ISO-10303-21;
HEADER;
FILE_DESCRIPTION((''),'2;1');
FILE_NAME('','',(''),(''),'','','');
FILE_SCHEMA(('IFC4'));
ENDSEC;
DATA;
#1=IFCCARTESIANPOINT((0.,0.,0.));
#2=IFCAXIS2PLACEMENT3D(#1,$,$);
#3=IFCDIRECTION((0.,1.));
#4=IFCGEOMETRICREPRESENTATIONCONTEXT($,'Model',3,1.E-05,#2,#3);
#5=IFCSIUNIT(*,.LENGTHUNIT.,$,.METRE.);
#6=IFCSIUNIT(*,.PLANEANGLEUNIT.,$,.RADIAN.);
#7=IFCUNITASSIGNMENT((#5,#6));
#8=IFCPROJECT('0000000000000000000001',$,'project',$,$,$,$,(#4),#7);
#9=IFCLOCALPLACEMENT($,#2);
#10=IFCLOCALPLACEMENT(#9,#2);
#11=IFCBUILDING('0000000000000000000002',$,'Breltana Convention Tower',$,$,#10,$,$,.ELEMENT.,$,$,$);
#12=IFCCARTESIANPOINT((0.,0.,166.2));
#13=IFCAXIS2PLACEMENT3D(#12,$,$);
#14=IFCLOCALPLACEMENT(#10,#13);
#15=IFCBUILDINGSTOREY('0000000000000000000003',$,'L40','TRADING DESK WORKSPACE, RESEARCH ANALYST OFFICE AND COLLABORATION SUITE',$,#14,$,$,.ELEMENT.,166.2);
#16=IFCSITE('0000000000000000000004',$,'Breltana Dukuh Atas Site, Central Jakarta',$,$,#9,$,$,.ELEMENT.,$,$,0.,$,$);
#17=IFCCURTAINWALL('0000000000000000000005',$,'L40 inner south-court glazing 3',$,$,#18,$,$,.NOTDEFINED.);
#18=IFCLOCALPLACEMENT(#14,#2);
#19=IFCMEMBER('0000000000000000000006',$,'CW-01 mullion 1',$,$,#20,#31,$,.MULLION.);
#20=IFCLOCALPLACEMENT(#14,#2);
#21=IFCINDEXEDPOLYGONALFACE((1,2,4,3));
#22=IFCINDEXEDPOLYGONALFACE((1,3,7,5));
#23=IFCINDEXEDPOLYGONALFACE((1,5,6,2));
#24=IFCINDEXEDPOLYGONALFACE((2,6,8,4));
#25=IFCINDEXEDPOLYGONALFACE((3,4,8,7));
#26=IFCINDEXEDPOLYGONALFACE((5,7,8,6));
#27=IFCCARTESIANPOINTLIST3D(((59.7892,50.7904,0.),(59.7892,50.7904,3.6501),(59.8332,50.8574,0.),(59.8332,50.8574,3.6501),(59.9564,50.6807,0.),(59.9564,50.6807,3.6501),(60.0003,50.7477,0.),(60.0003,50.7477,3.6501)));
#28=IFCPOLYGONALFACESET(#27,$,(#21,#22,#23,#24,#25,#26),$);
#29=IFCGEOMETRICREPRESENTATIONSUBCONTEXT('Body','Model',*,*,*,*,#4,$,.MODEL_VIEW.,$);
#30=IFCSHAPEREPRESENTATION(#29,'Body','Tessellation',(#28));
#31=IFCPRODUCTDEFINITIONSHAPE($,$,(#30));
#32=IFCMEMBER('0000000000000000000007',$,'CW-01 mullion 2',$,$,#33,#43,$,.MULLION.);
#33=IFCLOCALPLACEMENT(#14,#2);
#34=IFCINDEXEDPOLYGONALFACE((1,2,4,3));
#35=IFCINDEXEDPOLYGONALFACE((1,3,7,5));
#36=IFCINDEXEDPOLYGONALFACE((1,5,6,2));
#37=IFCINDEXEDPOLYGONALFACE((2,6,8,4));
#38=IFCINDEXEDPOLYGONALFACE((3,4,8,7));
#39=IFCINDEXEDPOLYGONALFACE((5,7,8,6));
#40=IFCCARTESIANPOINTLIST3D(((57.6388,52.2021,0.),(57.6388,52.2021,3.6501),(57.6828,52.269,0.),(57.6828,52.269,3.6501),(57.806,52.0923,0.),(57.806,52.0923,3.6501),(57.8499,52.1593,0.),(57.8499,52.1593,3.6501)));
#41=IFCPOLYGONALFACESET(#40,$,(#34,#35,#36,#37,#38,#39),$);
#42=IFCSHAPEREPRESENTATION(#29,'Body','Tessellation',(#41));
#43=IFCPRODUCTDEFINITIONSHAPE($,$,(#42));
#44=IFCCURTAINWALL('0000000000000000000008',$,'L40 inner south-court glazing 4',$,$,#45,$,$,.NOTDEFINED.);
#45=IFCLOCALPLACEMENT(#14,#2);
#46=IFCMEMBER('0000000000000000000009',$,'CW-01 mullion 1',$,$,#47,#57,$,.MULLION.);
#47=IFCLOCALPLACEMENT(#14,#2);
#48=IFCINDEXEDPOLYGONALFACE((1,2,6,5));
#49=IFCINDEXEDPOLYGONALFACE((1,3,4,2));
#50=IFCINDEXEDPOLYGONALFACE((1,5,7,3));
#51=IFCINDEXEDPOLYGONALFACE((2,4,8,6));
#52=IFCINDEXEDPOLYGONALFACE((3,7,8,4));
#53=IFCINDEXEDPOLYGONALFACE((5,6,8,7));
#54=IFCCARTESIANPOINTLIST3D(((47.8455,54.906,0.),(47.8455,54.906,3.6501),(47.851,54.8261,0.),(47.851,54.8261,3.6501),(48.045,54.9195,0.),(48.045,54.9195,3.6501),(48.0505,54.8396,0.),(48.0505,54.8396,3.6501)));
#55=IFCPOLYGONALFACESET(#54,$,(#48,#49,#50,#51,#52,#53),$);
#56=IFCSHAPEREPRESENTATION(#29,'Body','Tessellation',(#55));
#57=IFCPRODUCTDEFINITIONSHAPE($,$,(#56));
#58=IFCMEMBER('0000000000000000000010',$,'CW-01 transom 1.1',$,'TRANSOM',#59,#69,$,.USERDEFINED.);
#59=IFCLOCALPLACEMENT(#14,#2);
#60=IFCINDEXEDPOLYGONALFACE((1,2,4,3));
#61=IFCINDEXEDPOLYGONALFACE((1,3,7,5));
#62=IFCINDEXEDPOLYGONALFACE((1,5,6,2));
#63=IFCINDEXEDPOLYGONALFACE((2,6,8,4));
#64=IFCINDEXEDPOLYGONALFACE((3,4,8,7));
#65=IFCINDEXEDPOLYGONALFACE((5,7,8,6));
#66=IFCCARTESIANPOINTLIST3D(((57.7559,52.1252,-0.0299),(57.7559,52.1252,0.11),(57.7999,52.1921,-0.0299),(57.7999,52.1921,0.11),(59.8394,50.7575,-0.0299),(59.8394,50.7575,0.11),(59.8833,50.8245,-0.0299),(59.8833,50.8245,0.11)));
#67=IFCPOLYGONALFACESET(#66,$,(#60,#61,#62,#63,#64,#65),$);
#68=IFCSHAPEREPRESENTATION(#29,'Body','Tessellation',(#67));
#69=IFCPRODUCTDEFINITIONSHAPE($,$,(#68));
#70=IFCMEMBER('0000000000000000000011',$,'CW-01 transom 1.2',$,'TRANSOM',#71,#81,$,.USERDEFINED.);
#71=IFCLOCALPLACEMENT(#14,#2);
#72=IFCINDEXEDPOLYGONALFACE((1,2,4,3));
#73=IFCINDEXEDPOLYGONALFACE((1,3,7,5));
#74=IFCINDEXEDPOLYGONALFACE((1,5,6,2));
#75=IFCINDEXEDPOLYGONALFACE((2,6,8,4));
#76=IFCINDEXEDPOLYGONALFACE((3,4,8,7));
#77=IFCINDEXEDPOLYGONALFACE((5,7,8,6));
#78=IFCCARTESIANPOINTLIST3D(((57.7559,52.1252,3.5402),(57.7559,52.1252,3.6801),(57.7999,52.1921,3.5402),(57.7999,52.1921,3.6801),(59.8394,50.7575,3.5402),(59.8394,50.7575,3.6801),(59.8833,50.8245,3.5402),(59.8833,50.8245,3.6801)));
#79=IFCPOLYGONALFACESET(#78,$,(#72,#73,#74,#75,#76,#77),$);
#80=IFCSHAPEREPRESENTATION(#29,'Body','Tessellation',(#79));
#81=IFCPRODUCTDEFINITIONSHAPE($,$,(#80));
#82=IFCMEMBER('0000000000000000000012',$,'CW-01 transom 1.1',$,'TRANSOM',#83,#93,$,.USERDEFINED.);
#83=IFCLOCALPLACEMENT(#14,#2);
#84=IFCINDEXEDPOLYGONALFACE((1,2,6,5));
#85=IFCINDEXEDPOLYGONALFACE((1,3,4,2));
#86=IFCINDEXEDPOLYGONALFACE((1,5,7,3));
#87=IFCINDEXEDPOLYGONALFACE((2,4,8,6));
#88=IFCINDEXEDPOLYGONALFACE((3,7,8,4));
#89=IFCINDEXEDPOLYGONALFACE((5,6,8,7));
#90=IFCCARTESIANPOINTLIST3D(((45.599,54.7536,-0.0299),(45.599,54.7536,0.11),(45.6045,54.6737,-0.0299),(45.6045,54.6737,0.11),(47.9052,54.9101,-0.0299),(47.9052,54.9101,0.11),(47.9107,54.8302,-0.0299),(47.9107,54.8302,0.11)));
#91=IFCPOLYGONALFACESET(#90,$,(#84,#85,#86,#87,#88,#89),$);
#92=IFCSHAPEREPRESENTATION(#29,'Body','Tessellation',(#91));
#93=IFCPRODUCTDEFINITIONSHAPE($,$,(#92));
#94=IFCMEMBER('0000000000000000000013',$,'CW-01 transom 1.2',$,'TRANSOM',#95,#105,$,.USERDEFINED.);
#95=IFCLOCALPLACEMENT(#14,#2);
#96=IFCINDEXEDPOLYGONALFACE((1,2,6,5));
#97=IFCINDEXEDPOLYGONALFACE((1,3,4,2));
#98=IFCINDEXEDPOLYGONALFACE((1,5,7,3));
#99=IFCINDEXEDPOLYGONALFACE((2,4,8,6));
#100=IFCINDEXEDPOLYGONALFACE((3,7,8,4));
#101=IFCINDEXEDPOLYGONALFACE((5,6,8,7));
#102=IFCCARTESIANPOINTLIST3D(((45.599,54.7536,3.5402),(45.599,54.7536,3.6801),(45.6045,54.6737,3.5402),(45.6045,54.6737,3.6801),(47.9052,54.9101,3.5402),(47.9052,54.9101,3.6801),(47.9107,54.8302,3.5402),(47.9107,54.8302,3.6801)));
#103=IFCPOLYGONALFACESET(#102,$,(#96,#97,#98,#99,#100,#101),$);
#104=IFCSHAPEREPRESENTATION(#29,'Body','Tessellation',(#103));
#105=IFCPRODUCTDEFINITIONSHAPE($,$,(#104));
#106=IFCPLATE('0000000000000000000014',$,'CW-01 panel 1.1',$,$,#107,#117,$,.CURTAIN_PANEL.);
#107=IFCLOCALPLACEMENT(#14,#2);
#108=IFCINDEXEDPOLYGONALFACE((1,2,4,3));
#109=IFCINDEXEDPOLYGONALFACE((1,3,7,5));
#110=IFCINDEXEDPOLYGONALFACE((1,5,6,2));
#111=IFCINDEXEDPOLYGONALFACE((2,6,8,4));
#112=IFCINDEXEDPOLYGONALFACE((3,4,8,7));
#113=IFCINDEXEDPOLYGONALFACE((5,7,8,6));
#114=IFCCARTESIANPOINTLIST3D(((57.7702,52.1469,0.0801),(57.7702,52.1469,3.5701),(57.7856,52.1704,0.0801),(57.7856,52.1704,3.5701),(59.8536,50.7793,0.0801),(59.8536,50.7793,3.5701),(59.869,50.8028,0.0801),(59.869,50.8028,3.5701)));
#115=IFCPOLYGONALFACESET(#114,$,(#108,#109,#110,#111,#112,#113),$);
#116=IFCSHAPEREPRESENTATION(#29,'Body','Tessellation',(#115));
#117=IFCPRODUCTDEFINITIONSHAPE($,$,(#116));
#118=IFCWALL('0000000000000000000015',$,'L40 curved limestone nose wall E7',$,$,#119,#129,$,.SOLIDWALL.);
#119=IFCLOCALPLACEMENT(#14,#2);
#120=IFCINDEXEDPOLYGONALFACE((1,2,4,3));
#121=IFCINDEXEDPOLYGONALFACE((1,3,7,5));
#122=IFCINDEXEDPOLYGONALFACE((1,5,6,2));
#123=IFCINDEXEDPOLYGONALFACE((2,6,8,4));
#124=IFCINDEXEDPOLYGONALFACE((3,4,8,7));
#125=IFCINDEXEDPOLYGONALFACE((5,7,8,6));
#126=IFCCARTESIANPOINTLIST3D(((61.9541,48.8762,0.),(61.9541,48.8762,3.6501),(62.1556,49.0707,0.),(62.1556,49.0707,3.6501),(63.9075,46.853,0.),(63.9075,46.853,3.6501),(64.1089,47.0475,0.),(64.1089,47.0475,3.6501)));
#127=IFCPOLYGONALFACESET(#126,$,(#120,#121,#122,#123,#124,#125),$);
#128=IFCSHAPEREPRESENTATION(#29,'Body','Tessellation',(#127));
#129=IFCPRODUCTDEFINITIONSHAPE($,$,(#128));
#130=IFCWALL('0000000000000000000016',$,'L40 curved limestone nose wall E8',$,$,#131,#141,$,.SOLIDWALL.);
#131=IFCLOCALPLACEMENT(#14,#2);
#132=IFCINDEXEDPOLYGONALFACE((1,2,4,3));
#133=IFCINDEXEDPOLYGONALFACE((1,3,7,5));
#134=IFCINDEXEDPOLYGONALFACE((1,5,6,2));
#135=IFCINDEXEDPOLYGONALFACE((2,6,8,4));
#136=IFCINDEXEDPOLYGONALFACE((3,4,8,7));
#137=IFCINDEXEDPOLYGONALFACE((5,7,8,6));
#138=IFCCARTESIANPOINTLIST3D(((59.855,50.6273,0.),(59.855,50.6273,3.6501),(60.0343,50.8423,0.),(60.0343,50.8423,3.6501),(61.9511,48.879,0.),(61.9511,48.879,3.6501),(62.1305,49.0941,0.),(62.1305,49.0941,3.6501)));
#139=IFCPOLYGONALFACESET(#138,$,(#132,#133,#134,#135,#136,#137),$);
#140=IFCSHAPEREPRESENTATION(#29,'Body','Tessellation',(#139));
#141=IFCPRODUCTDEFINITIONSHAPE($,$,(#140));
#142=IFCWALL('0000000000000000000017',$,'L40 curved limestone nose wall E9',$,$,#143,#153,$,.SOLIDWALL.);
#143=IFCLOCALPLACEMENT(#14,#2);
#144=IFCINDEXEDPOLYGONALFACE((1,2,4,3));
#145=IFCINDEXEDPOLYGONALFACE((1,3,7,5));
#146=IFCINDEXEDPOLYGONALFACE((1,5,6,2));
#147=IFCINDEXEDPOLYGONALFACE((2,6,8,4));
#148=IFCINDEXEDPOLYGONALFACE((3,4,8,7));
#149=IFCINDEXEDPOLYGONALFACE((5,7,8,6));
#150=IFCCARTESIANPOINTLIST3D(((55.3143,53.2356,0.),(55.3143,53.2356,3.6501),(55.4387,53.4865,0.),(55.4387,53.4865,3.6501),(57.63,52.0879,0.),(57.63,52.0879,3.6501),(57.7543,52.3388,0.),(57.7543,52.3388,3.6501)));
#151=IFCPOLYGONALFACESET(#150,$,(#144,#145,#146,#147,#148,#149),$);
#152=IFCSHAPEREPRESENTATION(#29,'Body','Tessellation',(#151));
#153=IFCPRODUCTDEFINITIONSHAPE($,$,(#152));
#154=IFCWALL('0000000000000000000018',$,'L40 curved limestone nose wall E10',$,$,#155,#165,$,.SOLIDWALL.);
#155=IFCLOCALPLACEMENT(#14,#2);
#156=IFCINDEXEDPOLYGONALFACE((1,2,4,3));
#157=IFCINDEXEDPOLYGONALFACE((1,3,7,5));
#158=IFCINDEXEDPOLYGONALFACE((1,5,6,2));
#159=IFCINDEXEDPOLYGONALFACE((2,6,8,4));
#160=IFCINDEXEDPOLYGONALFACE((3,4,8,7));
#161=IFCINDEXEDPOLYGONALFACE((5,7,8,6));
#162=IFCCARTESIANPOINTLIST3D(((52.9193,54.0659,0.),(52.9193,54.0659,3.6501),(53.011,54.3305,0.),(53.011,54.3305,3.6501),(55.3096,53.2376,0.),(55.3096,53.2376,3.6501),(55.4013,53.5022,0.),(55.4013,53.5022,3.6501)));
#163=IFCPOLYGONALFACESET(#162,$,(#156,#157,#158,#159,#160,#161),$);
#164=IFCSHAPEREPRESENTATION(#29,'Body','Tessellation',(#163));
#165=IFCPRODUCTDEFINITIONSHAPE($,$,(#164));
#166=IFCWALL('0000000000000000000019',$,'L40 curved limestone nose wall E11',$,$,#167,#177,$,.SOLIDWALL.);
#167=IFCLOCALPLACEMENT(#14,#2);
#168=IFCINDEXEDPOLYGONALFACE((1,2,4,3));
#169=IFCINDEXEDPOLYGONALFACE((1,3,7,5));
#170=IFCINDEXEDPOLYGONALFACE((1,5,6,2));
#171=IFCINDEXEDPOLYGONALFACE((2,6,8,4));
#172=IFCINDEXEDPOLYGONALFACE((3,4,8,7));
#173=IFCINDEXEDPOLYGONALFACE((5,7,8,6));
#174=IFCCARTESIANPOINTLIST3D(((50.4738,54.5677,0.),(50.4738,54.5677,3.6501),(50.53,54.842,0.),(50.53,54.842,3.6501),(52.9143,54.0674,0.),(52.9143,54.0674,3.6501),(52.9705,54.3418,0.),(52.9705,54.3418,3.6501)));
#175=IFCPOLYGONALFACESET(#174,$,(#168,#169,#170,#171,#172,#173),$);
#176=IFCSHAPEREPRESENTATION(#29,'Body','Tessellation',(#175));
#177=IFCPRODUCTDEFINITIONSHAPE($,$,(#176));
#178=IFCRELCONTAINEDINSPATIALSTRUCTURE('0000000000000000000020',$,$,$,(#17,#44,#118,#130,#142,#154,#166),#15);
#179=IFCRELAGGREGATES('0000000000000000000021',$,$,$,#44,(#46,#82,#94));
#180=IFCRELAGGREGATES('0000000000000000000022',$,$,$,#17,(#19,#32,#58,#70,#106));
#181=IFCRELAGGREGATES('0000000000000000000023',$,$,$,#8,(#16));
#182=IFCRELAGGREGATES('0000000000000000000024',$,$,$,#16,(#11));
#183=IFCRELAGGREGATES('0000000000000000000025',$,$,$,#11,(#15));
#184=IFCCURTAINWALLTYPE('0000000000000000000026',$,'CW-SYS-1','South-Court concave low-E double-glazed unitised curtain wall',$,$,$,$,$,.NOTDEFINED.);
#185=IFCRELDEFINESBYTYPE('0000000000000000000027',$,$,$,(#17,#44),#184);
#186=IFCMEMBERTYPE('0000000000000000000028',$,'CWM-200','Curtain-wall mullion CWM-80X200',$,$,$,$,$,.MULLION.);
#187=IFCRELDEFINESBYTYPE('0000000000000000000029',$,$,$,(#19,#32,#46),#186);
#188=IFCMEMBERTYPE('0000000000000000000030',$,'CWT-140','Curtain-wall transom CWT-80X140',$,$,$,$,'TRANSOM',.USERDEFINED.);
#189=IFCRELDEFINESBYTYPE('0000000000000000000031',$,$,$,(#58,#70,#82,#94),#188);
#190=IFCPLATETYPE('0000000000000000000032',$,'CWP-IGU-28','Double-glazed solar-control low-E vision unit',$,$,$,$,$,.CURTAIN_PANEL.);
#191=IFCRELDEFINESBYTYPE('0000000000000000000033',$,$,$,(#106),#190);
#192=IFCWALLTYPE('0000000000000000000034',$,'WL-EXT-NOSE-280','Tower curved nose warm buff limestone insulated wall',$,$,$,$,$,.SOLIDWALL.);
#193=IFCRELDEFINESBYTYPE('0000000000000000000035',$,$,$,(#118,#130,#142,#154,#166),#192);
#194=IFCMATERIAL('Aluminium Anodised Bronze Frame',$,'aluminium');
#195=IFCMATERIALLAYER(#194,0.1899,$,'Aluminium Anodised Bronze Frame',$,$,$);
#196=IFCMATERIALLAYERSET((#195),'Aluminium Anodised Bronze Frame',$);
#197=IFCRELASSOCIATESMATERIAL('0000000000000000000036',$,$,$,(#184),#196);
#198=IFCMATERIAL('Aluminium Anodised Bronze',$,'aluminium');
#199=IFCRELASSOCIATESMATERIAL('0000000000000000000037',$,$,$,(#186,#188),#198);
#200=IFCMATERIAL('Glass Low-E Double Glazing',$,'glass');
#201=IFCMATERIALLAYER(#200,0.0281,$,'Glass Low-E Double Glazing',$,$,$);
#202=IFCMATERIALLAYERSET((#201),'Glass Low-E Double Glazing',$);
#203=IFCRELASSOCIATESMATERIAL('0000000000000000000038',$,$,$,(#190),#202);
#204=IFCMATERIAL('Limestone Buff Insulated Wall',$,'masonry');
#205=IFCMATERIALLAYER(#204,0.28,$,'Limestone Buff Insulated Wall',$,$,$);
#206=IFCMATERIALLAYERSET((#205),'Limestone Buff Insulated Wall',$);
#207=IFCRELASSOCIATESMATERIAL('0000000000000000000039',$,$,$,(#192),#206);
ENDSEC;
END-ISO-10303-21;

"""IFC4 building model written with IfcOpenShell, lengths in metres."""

from ifc_helpers import new_model, si_unit, direction, frame, frame_2d, origin, origin_2d, place, context, subcontext, project, spatial, rectangle, extrude, source, transform, mapped, material, layer, layer_set, material_profile, profile_set, type_object, element, aggregate, save


model = new_model("IFC4")

# Units and contexts
model_context = context("Model", 3, precision=1e-05, world=origin(), true_north=direction((0.0, 1.0)))
body_context = subcontext(model_context, "Body", "Model", "MODEL_VIEW")
ifc_project = project(units=[si_unit("LENGTHUNIT", "METRE"), si_unit("PLANEANGLEUNIT", "RADIAN")], contexts=[model_context])

# Site, building, storey
site_placement = place(None, origin())
site = spatial("IfcSite", under=ifc_project, at=site_placement, Name="Breltana Dukuh Atas Site, Central Jakarta", CompositionType="ELEMENT", RefElevation=0.0)
building_placement = place(site_placement, origin())
building = spatial("IfcBuilding", under=site, at=building_placement, Name="Breltana Convention Tower", CompositionType="ELEMENT")
storey_placement = place(building_placement, frame((0.0, 0.0, 166.2)))
storey = spatial("IfcBuildingStorey", under=building, at=storey_placement, Name="L40", Description="TRADING DESK WORKSPACE, RESEARCH ANALYST OFFICE AND COLLABORATION SUITE", CompositionType="ELEMENT", Elevation=166.2)

# Shared definitions
ifc_material_1 = material(Name="Aluminium Anodised Bronze Frame", Category="aluminium")
ifc_layer_1 = layer(ifc_material_1, 0.1899, Name="Aluminium Anodised Bronze Frame")
ifc_layer_set_1 = layer_set([ifc_layer_1], Name="Aluminium Anodised Bronze Frame")
curtain_wall_type = type_object("IfcCurtainWallType", Name="CW-SYS-1", Description="South-Court concave low-E double-glazed unitised curtain wall", PredefinedType="NOTDEFINED", material=ifc_layer_set_1)
ifc_material_2 = material(Name="Aluminium Anodised Bronze", Category="aluminium")
ifc_material_profile_1 = material_profile(ifc_material_2, rectangle(XDim=0.0801, YDim=0.2, at=origin_2d()), Name="CWM-80X200")
ifc_profile_set_1 = profile_set([ifc_material_profile_1], Name="Aluminium Anodised Bronze")
member_type_1 = type_object("IfcMemberType", Name="CWM-200", Description="Curtain-wall mullion CWM-80X200", PredefinedType="MULLION", material=ifc_profile_set_1)
shared_shape_1 = source(origin(), body_context, "Body", "SweptSolid", [
    extrude(rectangle(XDim=0.0801, YDim=0.2, at=origin_2d()), origin(), (0.0, 0.0, 1.0), 3.6501),
])

# Curtain wall, members
curtain_wall_1_placement = place(storey_placement, origin())
curtain_wall_1 = element("IfcCurtainWall", 1, at=curtain_wall_1_placement, inside=storey, type_object=curtain_wall_type, Name="L40 inner south-court glazing 3", PredefinedType="NOTDEFINED")
member_1_placement = place(storey_placement, frame((59.8948, 50.769, 0.0), z_axis=(0.0, 0.0, 1.0), x_axis=(-0.548752, -0.835985, 0.0)))
member_1 = element("IfcMember", 2, at=member_1_placement, type_object=member_type_1, Name="CW-01 mullion 1", PredefinedType="MULLION", context=body_context, shape_type="MappedRepresentation", body=[
    mapped(shared_shape_1, transform((0.0, 0.0, 0.0), scale=1.0)),
])
member_2_placement = place(storey_placement, frame((57.7444, 52.1807, 0.0), z_axis=(0.0, 0.0, 1.0), x_axis=(-0.548752, -0.835985, 0.0)))
member_2 = element("IfcMember", 3, at=member_2_placement, type_object=member_type_1, Name="CW-01 mullion 2", PredefinedType="MULLION", context=body_context, shape_type="MappedRepresentation", body=[
    mapped(shared_shape_1, transform((0.0, 0.0, 0.0), scale=1.0)),
])

# Curtain wall, member
curtain_wall_2_placement = place(storey_placement, origin())
curtain_wall_2 = element("IfcCurtainWall", 4, at=curtain_wall_2_placement, inside=storey, type_object=curtain_wall_type, Name="L40 inner south-court glazing 4", PredefinedType="NOTDEFINED")
member_3_placement = place(storey_placement, frame((47.948, 54.8728, 0.0), z_axis=(0.0, 0.0, 1.0), x_axis=(0.067733, -0.997703, 0.0)))
member_3 = element("IfcMember", 5, at=member_3_placement, type_object=member_type_1, Name="CW-01 mullion 1", PredefinedType="MULLION", context=body_context, shape_type="MappedRepresentation", body=[
    mapped(shared_shape_1, transform((0.0, 0.0, 0.0), scale=1.0)),
])

# Members
ifc_material_profile_2 = material_profile(ifc_material_2, rectangle(XDim=0.0801, YDim=0.1399, at=origin_2d()), Name="CWT-80X140")
ifc_profile_set_2 = profile_set([ifc_material_profile_2], Name="Aluminium Anodised Bronze")
member_type_2 = type_object("IfcMemberType", Name="CWT-140", Description="Curtain-wall transom CWT-80X140", ElementType="TRANSOM", PredefinedType="USERDEFINED", material=ifc_profile_set_2)
shared_shape_2 = source(origin(), body_context, "Body", "SweptSolid", [
    extrude(rectangle(XDim=0.0801, YDim=0.1399, at=origin_2d()), origin(), (0.0, 0.0, 1.0), 2.4922),
])
member_4_placement = place(storey_placement, frame((59.8613, 50.791, 0.04), z_axis=(-0.835978, 0.548763, 0.0), x_axis=(-0.548763, -0.835978, 0.0)))
member_4 = element("IfcMember", 6, at=member_4_placement, type_object=member_type_2, Name="CW-01 transom 1.1", ObjectType="TRANSOM", PredefinedType="USERDEFINED", context=body_context, shape_type="MappedRepresentation", body=[
    mapped(shared_shape_2, transform((0.0, 0.0, 0.0), scale=1.0)),
])
member_5_placement = place(storey_placement, frame((59.8613, 50.791, 3.6101), z_axis=(-0.835978, 0.548763, 0.0), x_axis=(-0.548763, -0.835978, 0.0)))
member_5 = element("IfcMember", 7, at=member_5_placement, type_object=member_type_2, Name="CW-01 transom 1.2", ObjectType="TRANSOM", PredefinedType="USERDEFINED", context=body_context, shape_type="MappedRepresentation", body=[
    mapped(shared_shape_2, transform((0.0, 0.0, 0.0), scale=1.0)),
])
shared_shape_3 = source(origin(), body_context, "Body", "SweptSolid", [
    extrude(rectangle(XDim=0.0801, YDim=0.1399, at=origin_2d()), origin(), (0.0, 0.0, 1.0), 2.3115),
])
member_6_placement = place(storey_placement, frame((47.908, 54.8701, 0.04), z_axis=(-0.997705, -0.067704, 0.0), x_axis=(0.067704, -0.997705, 0.0)))
member_6 = element("IfcMember", 8, at=member_6_placement, type_object=member_type_2, Name="CW-01 transom 1.1", ObjectType="TRANSOM", PredefinedType="USERDEFINED", context=body_context, shape_type="MappedRepresentation", body=[
    mapped(shared_shape_3, transform((0.0, 0.0, 0.0), scale=1.0)),
])
member_7_placement = place(storey_placement, frame((47.908, 54.8701, 3.6101), z_axis=(-0.997705, -0.067704, 0.0), x_axis=(0.067704, -0.997705, 0.0)))
member_7 = element("IfcMember", 9, at=member_7_placement, type_object=member_type_2, Name="CW-01 transom 1.2", ObjectType="TRANSOM", PredefinedType="USERDEFINED", context=body_context, shape_type="MappedRepresentation", body=[
    mapped(shared_shape_3, transform((0.0, 0.0, 0.0), scale=1.0)),
])
aggregate(curtain_wall_2, [member_3, member_6, member_7])

# Plate
ifc_material_3 = material(Name="Glass Low-E Double Glazing", Category="glass")
ifc_layer_2 = layer(ifc_material_3, 0.0281, Name="Glass Low-E Double Glazing")
ifc_layer_set_2 = layer_set([ifc_layer_2], Name="Glass Low-E Double Glazing")
plate_type = type_object("IfcPlateType", Name="CWP-IGU-28", Description="Double-glazed solar-control low-E vision unit", PredefinedType="CURTAIN_PANEL", material=ifc_layer_set_2)
shared_shape_4 = source(origin(), body_context, "Body", "SweptSolid", [
    extrude(rectangle(XDim=2.4922, YDim=0.0281, at=origin_2d()), origin(), (0.0, 0.0, 1.0), 3.49),
])
plate_placement = place(storey_placement, frame((58.8196, 51.4749, 0.0801), z_axis=(0.0, 0.0, 1.0), x_axis=(-0.835985, 0.548752, 0.0)))
plate = element("IfcPlate", 10, at=plate_placement, type_object=plate_type, Name="CW-01 panel 1.1", PredefinedType="CURTAIN_PANEL", context=body_context, shape_type="MappedRepresentation", body=[
    mapped(shared_shape_4, transform((0.0, 0.0, 0.0), scale=1.0)),
])
aggregate(curtain_wall_1, [member_1, member_2, member_4, member_5, plate])

# Walls
ifc_material_4 = material(Name="Limestone Buff Insulated Wall", Category="masonry")
ifc_layer_3 = layer(ifc_material_4, 0.28, Name="Limestone Buff Insulated Wall")
ifc_layer_set_3 = layer_set([ifc_layer_3], Name="Limestone Buff Insulated Wall")
wall_type_1 = type_object("IfcWallType", Name="WL-EXT-NOSE-280", Description="Tower curved nose warm buff limestone insulated wall", PredefinedType="SOLIDWALL", material=ifc_layer_set_3)
shared_shape_5 = source(origin(), body_context, "Body", "SweptSolid", [
    extrude(rectangle(XDim=2.8123, YDim=0.28, at=frame_2d((1.4062, 0.0))), origin(), (0.0, 0.0, 1.0), 3.6501),
])
wall_1_placement = place(storey_placement, frame((64.0083, 46.9502, 0.0), z_axis=(0.0, 0.0, 1.0), x_axis=(-0.694584, 0.719412, 0.0)))
element("IfcWall", 11, at=wall_1_placement, inside=storey, type_object=wall_type_1, Name="L40 curved limestone nose wall E7", PredefinedType="SOLIDWALL", context=body_context, shape_type="MappedRepresentation", body=[
    mapped(shared_shape_5, transform((0.0, 0.0, 0.0), scale=1.0)),
])
shared_shape_6 = source(origin(), body_context, "Body", "SweptSolid", [
    extrude(rectangle(XDim=2.7295, YDim=0.28, at=frame_2d((1.3647, 0.0))), origin(), (0.0, 0.0, 1.0), 3.6501),
])
wall_2_placement = place(storey_placement, frame((62.0408, 48.9866, 0.0), z_axis=(0.0, 0.0, 1.0), x_axis=(-0.767957, 0.640501, 0.0)))
element("IfcWall", 12, at=wall_2_placement, inside=storey, type_object=wall_type_1, Name="L40 curved limestone nose wall E8", PredefinedType="SOLIDWALL", context=body_context, shape_type="MappedRepresentation", body=[
    mapped(shared_shape_6, transform((0.0, 0.0, 0.0), scale=1.0)),
])
shared_shape_7 = source(origin(), body_context, "Body", "SweptSolid", [
    extrude(rectangle(XDim=2.5845, YDim=0.28, at=frame_2d((1.2922, 0.0))), origin(), (0.0, 0.0, 1.0), 3.6501),
])
wall_3_placement = place(storey_placement, frame((57.6921, 52.2134, 0.0), z_axis=(0.0, 0.0, 1.0), x_axis=(-0.89599, 0.444075, 0.0)))
element("IfcWall", 13, at=wall_3_placement, inside=storey, type_object=wall_type_1, Name="L40 curved limestone nose wall E9", PredefinedType="SOLIDWALL", context=body_context, shape_type="MappedRepresentation", body=[
    mapped(shared_shape_7, transform((0.0, 0.0, 0.0), scale=1.0)),
])
shared_shape_8 = source(origin(), body_context, "Body", "SweptSolid", [
    extrude(rectangle(XDim=2.5298, YDim=0.28, at=frame_2d((1.2649, 0.0))), origin(), (0.0, 0.0, 1.0), 3.6501),
])
wall_4_placement = place(storey_placement, frame((55.3555, 53.3699, 0.0), z_axis=(0.0, 0.0, 1.0), x_axis=(-0.944872, 0.327439, 0.0)))
element("IfcWall", 14, at=wall_4_placement, inside=storey, type_object=wall_type_1, Name="L40 curved limestone nose wall E10", PredefinedType="SOLIDWALL", context=body_context, shape_type="MappedRepresentation", body=[
    mapped(shared_shape_8, transform((0.0, 0.0, 0.0), scale=1.0)),
])
shared_shape_9 = source(origin(), body_context, "Body", "SweptSolid", [
    extrude(rectangle(XDim=2.4912, YDim=0.28, at=frame_2d((1.2456, 0.0))), origin(), (0.0, 0.0, 1.0), 3.6501),
])
wall_5_placement = place(storey_placement, frame((52.9424, 54.2046, 0.0), z_axis=(0.0, 0.0, 1.0), x_axis=(-0.979631, 0.200807, 0.0)))
element("IfcWall", 15, at=wall_5_placement, inside=storey, type_object=wall_type_1, Name="L40 curved limestone nose wall E11", PredefinedType="SOLIDWALL", context=body_context, shape_type="MappedRepresentation", body=[
    mapped(shared_shape_9, transform((0.0, 0.0, 0.0), scale=1.0)),
])

save(model, "model.ifc")
